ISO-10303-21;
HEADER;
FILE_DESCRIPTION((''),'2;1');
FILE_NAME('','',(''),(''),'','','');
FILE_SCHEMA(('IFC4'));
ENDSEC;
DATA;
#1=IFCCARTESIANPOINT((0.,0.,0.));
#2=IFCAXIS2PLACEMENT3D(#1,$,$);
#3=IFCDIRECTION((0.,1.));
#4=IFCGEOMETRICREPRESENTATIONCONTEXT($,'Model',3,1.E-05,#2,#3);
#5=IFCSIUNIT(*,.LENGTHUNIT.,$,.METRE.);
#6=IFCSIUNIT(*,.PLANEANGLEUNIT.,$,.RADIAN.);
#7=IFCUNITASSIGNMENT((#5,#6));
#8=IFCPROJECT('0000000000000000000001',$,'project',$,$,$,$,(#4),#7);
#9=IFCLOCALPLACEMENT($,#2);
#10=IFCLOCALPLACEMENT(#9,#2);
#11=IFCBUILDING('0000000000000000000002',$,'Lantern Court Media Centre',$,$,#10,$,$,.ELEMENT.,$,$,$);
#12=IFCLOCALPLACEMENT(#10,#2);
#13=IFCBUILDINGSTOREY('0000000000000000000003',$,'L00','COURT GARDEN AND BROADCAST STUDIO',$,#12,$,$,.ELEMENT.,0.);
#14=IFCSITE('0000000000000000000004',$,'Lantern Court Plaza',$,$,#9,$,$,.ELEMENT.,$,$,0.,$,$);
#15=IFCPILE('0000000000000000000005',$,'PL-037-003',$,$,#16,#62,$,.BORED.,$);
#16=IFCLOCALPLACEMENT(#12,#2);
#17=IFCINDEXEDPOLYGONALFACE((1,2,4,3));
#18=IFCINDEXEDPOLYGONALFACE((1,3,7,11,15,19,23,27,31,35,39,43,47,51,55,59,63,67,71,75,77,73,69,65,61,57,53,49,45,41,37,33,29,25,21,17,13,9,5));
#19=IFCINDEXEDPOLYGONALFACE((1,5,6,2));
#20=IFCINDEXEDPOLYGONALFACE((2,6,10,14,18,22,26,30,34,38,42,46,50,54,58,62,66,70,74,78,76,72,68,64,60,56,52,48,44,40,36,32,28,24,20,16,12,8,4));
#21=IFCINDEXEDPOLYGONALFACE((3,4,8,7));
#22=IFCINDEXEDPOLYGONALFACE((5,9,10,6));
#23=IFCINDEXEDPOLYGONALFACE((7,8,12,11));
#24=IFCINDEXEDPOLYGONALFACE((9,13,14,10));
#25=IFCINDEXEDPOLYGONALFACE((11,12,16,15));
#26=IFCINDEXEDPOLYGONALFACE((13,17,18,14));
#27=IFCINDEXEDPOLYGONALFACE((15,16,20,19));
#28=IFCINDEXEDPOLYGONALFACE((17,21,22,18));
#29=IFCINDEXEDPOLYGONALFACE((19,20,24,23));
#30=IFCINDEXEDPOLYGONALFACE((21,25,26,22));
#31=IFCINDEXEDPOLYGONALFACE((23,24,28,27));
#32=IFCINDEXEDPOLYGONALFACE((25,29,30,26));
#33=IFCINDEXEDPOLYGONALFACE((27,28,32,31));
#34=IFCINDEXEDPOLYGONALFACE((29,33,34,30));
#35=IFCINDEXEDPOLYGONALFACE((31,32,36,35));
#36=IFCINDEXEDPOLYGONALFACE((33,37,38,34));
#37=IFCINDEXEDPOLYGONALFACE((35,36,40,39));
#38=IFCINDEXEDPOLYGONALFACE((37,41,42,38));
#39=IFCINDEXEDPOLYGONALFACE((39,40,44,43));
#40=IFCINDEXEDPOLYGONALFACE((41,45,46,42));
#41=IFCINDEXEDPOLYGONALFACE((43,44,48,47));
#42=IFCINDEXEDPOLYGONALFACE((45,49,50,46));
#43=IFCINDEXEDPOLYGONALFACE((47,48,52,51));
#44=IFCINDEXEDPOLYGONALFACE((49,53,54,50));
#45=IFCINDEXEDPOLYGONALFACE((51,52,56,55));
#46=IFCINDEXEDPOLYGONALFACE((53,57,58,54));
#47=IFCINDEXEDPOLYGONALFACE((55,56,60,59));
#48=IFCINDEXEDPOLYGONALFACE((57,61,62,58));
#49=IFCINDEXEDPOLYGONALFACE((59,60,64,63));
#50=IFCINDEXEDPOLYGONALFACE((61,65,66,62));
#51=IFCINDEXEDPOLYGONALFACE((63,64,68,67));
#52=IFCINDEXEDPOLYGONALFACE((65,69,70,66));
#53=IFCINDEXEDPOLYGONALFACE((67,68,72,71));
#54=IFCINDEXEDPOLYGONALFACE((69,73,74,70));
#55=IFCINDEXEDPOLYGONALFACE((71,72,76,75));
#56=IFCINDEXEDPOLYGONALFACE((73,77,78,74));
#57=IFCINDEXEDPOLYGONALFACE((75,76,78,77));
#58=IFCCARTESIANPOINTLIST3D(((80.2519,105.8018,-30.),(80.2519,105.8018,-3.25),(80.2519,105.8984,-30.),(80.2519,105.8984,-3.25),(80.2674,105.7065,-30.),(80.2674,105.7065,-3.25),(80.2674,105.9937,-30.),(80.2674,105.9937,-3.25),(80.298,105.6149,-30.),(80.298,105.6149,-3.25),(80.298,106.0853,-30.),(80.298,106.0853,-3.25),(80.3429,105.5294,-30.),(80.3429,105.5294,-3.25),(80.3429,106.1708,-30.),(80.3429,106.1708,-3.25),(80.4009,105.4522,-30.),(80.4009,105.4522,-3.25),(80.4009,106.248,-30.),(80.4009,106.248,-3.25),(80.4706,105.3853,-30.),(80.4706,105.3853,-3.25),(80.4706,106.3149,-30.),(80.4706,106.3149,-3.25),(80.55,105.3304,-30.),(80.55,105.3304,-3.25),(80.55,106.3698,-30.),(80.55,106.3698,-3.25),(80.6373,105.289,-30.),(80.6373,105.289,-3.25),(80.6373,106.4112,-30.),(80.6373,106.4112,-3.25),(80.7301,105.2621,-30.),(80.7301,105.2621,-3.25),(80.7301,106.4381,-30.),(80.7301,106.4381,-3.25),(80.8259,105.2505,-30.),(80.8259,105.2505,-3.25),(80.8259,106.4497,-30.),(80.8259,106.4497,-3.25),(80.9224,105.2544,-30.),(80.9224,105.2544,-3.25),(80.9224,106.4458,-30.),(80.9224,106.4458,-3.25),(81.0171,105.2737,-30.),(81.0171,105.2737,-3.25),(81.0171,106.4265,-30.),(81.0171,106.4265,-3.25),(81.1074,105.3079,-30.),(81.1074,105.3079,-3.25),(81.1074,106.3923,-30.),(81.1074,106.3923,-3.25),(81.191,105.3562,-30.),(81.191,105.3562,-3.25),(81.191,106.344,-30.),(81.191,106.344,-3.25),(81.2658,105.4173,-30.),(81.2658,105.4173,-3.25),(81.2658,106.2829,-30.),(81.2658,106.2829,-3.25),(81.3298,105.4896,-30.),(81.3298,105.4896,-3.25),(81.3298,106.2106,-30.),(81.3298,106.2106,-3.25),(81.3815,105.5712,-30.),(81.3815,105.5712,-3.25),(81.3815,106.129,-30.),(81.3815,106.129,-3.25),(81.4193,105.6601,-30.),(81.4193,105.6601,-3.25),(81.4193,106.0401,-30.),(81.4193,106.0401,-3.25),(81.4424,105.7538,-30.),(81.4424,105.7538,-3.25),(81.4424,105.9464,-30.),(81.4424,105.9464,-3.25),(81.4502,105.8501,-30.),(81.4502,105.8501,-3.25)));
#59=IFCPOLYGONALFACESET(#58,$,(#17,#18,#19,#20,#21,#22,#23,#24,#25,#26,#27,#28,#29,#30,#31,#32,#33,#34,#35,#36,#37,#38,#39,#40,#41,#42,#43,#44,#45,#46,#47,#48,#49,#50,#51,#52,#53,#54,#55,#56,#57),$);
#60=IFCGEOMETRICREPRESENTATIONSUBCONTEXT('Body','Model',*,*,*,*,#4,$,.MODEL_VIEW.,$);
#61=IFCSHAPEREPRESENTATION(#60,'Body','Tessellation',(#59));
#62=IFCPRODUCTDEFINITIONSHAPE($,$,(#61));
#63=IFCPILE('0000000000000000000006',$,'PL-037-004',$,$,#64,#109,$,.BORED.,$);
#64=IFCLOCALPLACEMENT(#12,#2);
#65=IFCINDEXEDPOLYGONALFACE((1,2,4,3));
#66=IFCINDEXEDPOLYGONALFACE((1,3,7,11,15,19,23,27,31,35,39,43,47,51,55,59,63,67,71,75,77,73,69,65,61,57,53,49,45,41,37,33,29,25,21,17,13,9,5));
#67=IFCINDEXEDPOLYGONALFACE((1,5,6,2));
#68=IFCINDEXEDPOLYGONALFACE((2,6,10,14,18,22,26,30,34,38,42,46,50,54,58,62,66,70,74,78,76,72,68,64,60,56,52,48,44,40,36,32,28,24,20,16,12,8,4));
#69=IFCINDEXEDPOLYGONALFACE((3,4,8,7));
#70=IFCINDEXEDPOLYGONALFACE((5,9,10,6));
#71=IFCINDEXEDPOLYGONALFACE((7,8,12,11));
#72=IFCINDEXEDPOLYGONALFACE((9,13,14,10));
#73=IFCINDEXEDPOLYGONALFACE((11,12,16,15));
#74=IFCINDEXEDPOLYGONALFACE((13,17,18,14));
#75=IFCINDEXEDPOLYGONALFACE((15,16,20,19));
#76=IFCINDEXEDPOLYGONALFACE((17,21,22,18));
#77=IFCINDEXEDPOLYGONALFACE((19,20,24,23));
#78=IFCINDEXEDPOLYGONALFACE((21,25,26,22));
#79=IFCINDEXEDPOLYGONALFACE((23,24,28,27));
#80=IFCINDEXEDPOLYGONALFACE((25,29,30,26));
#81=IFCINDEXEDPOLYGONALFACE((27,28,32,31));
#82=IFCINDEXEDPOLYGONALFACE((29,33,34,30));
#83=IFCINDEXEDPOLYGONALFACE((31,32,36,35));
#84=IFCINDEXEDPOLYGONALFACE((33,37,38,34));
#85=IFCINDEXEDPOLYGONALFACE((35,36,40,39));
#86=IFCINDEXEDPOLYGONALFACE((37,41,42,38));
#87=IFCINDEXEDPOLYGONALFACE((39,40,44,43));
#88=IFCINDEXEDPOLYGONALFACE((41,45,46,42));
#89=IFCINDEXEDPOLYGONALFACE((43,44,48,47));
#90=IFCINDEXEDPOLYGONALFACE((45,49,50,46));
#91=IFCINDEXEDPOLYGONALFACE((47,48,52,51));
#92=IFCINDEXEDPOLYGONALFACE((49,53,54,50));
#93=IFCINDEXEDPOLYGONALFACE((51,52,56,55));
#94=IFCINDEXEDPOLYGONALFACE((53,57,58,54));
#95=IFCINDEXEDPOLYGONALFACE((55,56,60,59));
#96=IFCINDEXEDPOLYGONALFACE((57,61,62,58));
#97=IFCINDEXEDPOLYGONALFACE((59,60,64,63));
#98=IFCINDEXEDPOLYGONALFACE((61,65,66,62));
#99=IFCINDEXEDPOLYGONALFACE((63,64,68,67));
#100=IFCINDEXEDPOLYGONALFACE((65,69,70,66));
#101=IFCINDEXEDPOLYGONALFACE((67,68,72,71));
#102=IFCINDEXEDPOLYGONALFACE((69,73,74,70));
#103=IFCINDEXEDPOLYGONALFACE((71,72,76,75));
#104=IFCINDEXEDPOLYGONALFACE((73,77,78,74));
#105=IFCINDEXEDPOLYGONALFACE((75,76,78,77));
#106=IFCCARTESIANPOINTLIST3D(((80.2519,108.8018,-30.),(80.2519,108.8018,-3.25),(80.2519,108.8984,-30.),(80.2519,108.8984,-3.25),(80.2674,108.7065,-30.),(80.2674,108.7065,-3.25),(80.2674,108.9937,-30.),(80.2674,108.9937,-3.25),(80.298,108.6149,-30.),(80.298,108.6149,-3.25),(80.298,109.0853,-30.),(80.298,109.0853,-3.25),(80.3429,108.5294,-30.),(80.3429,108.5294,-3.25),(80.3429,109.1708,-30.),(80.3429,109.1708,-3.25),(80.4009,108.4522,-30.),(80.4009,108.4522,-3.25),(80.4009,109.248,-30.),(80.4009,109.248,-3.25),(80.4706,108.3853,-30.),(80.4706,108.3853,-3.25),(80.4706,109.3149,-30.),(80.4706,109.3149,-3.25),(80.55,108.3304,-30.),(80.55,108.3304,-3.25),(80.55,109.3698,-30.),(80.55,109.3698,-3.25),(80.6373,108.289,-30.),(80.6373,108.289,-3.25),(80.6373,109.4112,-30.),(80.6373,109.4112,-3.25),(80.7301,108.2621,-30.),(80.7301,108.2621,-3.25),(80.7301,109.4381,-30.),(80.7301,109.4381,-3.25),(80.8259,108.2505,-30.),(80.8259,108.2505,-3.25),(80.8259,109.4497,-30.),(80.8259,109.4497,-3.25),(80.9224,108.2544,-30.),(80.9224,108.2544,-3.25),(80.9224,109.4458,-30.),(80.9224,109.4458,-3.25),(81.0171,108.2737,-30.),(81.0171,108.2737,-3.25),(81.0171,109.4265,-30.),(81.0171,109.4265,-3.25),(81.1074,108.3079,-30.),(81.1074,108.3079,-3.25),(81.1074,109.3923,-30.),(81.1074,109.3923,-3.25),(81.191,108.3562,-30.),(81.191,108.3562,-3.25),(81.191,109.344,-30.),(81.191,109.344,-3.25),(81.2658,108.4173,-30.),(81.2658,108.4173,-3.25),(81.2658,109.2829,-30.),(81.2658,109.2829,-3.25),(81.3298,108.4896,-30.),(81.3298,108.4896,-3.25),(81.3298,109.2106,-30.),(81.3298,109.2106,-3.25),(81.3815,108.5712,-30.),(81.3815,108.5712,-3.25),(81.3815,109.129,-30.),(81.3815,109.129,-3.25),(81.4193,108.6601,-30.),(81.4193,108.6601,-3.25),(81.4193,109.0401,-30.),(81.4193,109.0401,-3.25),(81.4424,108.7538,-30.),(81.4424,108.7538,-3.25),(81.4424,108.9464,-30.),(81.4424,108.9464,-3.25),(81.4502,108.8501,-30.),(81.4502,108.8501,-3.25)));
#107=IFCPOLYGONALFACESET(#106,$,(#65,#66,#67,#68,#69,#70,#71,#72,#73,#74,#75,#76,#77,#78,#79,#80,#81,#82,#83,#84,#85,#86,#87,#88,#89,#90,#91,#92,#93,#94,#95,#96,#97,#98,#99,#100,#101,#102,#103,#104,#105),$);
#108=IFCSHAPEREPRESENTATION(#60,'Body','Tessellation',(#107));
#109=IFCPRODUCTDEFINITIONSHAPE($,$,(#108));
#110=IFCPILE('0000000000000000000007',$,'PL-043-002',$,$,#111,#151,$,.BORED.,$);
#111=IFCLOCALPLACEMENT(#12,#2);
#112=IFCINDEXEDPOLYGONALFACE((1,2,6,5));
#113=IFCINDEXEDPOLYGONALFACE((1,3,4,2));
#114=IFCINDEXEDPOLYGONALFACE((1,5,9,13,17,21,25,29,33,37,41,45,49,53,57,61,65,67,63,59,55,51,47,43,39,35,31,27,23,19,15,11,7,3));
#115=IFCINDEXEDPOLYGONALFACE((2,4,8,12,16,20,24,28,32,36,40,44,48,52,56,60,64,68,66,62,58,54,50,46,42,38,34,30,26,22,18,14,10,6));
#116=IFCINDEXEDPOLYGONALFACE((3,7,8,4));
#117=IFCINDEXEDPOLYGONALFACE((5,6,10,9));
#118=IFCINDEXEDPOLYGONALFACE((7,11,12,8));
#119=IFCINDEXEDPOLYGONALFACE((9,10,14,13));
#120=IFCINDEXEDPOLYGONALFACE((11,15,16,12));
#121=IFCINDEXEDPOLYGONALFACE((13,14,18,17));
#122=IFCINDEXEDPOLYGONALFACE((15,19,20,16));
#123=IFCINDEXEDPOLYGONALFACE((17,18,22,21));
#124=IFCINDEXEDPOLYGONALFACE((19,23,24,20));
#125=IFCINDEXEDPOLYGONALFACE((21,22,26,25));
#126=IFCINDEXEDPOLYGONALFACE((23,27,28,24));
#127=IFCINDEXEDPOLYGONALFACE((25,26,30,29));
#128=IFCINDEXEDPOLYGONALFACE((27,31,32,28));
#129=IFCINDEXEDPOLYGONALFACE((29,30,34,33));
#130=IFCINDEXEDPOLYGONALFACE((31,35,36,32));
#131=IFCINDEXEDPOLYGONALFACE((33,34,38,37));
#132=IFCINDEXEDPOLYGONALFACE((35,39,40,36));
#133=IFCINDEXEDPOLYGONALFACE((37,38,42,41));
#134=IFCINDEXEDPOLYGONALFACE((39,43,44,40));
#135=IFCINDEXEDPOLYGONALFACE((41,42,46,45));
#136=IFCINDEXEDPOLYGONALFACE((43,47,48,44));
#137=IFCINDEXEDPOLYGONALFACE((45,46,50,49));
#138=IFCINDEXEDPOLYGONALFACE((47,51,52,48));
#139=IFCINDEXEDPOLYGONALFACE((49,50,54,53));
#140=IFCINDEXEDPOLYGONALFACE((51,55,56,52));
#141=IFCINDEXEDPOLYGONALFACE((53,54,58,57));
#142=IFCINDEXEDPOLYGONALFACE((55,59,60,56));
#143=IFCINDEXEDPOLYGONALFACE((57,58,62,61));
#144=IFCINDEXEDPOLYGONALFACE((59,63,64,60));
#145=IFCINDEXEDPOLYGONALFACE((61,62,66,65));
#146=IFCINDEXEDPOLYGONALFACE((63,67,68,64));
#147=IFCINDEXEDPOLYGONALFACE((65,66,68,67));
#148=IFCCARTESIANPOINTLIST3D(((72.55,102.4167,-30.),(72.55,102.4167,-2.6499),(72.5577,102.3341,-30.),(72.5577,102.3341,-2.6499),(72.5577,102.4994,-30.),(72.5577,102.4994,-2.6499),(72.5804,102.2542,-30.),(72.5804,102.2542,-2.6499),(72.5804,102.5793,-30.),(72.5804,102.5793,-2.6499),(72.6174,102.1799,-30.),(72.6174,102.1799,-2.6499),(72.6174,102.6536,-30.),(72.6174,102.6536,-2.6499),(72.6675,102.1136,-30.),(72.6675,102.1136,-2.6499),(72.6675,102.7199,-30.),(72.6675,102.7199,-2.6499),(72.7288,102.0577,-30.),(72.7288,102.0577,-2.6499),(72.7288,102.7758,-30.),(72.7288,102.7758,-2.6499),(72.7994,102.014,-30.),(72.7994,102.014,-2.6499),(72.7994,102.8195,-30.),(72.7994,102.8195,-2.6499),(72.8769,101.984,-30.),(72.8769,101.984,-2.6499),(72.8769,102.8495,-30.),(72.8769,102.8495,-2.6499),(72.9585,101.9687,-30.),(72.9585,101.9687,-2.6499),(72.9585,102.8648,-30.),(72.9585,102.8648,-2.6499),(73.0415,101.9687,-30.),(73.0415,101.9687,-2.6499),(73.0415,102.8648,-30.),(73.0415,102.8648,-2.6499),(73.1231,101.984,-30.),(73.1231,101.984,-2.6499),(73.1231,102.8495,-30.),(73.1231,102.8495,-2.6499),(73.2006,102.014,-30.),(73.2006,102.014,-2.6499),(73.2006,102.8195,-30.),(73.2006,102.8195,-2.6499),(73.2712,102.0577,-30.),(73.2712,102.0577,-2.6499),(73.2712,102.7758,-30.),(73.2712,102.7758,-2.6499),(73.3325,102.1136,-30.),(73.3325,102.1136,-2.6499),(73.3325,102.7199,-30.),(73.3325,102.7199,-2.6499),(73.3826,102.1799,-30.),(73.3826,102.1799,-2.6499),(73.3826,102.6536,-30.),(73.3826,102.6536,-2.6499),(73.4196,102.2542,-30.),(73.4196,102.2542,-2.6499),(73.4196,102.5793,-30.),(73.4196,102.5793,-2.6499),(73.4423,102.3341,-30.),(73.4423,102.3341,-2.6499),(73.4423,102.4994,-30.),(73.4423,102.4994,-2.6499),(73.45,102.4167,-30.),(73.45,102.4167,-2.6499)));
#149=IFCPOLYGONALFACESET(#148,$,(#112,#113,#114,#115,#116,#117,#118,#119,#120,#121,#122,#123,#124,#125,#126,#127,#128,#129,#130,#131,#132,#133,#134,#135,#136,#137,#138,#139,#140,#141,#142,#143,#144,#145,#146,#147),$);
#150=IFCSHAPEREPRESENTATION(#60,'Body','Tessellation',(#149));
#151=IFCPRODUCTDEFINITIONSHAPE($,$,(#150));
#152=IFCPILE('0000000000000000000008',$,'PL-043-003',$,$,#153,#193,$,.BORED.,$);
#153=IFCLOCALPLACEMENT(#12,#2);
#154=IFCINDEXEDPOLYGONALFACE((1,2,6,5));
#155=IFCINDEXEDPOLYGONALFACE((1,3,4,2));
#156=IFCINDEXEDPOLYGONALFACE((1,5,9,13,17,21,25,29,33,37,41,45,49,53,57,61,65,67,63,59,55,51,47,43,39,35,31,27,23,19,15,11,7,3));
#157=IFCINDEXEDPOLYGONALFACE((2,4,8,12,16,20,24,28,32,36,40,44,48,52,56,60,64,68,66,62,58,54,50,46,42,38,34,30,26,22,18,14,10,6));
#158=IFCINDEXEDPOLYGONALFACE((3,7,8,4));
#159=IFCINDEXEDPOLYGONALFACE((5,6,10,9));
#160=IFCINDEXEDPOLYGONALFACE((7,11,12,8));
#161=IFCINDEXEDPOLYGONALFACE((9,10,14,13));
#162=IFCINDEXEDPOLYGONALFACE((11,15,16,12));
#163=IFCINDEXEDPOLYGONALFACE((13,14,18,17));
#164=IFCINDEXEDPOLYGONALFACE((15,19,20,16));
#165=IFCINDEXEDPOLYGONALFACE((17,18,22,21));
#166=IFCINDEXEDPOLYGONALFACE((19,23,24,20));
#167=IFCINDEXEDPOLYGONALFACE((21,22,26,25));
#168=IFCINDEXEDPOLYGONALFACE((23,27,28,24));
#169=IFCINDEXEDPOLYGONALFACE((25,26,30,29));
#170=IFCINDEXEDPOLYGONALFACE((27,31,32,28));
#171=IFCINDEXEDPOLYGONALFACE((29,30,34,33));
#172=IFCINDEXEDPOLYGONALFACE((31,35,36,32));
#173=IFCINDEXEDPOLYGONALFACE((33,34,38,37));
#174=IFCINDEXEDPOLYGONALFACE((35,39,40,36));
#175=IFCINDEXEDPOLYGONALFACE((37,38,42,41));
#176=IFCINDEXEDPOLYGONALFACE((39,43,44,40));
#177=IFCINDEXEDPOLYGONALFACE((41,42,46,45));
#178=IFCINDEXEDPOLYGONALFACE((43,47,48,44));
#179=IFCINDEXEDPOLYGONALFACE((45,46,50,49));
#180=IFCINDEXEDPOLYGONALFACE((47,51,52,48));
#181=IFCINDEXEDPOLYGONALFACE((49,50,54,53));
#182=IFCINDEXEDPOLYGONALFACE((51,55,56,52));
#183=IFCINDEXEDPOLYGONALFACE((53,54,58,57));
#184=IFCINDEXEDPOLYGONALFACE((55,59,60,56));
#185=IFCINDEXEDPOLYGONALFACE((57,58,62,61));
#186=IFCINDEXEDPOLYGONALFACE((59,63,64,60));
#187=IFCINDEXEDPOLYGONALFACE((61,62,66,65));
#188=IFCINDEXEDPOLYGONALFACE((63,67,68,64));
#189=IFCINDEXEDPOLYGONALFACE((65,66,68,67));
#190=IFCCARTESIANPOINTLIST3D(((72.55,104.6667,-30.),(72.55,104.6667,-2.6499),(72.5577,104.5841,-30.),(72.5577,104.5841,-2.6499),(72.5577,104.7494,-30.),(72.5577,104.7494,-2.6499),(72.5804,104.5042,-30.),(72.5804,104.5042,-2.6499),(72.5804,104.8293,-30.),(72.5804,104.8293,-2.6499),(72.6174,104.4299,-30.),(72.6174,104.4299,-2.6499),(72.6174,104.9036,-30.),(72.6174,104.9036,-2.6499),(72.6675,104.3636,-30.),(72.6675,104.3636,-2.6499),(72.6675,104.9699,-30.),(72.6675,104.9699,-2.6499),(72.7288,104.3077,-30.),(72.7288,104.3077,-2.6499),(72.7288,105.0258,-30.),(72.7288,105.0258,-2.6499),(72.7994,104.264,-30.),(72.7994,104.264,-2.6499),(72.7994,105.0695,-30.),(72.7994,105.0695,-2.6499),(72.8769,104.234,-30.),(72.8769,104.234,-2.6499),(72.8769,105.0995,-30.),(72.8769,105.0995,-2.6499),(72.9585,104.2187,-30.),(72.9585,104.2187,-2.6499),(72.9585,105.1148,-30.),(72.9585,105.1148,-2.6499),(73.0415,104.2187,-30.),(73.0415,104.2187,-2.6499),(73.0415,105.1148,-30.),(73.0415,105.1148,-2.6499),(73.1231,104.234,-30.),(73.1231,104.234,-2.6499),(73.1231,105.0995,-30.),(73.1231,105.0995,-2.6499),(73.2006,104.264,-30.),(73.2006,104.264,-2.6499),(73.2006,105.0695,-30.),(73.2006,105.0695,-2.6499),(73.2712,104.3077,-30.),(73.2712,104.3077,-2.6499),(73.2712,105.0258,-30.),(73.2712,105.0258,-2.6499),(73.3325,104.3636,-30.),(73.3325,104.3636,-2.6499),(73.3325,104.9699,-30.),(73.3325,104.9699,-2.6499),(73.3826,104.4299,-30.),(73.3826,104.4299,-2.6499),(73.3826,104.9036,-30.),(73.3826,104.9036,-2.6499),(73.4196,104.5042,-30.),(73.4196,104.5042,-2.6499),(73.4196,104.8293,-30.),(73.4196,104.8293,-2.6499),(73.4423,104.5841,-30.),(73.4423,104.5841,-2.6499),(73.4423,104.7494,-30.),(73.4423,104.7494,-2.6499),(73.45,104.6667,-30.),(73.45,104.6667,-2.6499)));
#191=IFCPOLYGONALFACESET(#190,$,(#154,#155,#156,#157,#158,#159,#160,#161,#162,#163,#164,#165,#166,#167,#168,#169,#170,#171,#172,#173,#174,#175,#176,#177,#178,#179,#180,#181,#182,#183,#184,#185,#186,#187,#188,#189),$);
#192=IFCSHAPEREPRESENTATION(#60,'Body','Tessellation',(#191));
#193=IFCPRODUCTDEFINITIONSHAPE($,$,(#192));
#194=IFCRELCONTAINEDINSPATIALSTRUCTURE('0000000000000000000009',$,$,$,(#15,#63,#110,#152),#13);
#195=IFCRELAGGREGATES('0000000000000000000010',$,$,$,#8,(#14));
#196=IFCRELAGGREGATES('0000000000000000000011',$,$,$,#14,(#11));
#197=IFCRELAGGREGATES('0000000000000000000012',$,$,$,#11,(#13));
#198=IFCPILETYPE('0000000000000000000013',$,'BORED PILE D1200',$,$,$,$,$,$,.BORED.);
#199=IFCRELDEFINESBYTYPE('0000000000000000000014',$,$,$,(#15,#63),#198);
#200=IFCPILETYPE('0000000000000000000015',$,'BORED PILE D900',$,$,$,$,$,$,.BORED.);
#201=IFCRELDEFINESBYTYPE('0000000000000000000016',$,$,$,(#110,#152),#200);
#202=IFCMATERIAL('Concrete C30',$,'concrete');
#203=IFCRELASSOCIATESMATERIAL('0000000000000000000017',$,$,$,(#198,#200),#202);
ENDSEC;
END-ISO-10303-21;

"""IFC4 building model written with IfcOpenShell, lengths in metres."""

from ifc_helpers import new_model, si_unit, direction, frame, origin, origin_2d, place, context, subcontext, project, spatial, circle, extrude, material, material_profile, profile_set, type_object, element, save


model = new_model("IFC4")

# Units and contexts
model_context = context("Model", 3, precision=1e-05, world=origin(), true_north=direction((0.0, 1.0)))
body_context = subcontext(model_context, "Body", "Model", "MODEL_VIEW")
ifc_project = project(units=[si_unit("LENGTHUNIT", "METRE"), si_unit("PLANEANGLEUNIT", "RADIAN")], contexts=[model_context])

# Site, building, storey
site_placement = place(None, origin())
site = spatial("IfcSite", under=ifc_project, at=site_placement, Name="Lantern Court Plaza", CompositionType="ELEMENT", RefElevation=0.0)
building_placement = place(site_placement, origin())
building = spatial("IfcBuilding", under=site, at=building_placement, Name="Lantern Court Media Centre", CompositionType="ELEMENT")
storey_placement = place(building_placement, origin())
storey = spatial("IfcBuildingStorey", under=building, at=storey_placement, Name="L00", Description="COURT GARDEN AND BROADCAST STUDIO", CompositionType="ELEMENT", Elevation=0.0)

# Piles
ifc_material_1 = material(Name="Concrete C30", Category="concrete")
ifc_material_profile_1 = material_profile(ifc_material_1, circle(Radius=0.6001, at=origin_2d()), Name="D1200")
ifc_profile_set_1 = profile_set([ifc_material_profile_1], Name="Concrete C30")
pile_type_1 = type_object("IfcPileType", Name="BORED PILE D1200", PredefinedType="BORED", material=ifc_profile_set_1)
for number, where, z_axis, x_axis, name in (
    (1, (80.8501, 105.8501, -3.25), (0.0, 0.0, -1.0), (1.0, 0.0, 0.0), "PL-037-003"),
    (2, (80.8501, 108.8501, -3.25), (0.0, 0.0, -1.0), (1.0, 0.0, 0.0), "PL-037-004"),
):
    element("IfcPile", number, at=place(storey_placement, frame(where, z_axis=z_axis, x_axis=x_axis)), inside=storey, type_object=pile_type_1, Name=name, PredefinedType="BORED", context=body_context, shape_type="SweptSolid", body=[
        extrude(circle(Radius=0.6001, at=origin_2d()), origin(), (0.0, 0.0, 1.0), 26.75),
    ])
ifc_material_profile_2 = material_profile(ifc_material_1, circle(Radius=0.45, at=origin_2d()), Name="D900")
ifc_profile_set_2 = profile_set([ifc_material_profile_2], Name="Concrete C30")
pile_type_2 = type_object("IfcPileType", Name="BORED PILE D900", PredefinedType="BORED", material=ifc_profile_set_2)
for number, where, z_axis, x_axis, name in (
    (3, (73.0, 102.4167, -2.6499), (0.0, 0.0, -1.0), (1.0, 0.0, 0.0), "PL-043-002"),
    (4, (73.0, 104.6667, -2.6499), (0.0, 0.0, -1.0), (1.0, 0.0, 0.0), "PL-043-003"),
):
    element("IfcPile", number, at=place(storey_placement, frame(where, z_axis=z_axis, x_axis=x_axis)), inside=storey, type_object=pile_type_2, Name=name, PredefinedType="BORED", context=body_context, shape_type="SweptSolid", body=[
        extrude(circle(Radius=0.45, at=origin_2d()), origin(), (0.0, 0.0, 1.0), 27.3501),
    ])

save(model, "model.ifc")
